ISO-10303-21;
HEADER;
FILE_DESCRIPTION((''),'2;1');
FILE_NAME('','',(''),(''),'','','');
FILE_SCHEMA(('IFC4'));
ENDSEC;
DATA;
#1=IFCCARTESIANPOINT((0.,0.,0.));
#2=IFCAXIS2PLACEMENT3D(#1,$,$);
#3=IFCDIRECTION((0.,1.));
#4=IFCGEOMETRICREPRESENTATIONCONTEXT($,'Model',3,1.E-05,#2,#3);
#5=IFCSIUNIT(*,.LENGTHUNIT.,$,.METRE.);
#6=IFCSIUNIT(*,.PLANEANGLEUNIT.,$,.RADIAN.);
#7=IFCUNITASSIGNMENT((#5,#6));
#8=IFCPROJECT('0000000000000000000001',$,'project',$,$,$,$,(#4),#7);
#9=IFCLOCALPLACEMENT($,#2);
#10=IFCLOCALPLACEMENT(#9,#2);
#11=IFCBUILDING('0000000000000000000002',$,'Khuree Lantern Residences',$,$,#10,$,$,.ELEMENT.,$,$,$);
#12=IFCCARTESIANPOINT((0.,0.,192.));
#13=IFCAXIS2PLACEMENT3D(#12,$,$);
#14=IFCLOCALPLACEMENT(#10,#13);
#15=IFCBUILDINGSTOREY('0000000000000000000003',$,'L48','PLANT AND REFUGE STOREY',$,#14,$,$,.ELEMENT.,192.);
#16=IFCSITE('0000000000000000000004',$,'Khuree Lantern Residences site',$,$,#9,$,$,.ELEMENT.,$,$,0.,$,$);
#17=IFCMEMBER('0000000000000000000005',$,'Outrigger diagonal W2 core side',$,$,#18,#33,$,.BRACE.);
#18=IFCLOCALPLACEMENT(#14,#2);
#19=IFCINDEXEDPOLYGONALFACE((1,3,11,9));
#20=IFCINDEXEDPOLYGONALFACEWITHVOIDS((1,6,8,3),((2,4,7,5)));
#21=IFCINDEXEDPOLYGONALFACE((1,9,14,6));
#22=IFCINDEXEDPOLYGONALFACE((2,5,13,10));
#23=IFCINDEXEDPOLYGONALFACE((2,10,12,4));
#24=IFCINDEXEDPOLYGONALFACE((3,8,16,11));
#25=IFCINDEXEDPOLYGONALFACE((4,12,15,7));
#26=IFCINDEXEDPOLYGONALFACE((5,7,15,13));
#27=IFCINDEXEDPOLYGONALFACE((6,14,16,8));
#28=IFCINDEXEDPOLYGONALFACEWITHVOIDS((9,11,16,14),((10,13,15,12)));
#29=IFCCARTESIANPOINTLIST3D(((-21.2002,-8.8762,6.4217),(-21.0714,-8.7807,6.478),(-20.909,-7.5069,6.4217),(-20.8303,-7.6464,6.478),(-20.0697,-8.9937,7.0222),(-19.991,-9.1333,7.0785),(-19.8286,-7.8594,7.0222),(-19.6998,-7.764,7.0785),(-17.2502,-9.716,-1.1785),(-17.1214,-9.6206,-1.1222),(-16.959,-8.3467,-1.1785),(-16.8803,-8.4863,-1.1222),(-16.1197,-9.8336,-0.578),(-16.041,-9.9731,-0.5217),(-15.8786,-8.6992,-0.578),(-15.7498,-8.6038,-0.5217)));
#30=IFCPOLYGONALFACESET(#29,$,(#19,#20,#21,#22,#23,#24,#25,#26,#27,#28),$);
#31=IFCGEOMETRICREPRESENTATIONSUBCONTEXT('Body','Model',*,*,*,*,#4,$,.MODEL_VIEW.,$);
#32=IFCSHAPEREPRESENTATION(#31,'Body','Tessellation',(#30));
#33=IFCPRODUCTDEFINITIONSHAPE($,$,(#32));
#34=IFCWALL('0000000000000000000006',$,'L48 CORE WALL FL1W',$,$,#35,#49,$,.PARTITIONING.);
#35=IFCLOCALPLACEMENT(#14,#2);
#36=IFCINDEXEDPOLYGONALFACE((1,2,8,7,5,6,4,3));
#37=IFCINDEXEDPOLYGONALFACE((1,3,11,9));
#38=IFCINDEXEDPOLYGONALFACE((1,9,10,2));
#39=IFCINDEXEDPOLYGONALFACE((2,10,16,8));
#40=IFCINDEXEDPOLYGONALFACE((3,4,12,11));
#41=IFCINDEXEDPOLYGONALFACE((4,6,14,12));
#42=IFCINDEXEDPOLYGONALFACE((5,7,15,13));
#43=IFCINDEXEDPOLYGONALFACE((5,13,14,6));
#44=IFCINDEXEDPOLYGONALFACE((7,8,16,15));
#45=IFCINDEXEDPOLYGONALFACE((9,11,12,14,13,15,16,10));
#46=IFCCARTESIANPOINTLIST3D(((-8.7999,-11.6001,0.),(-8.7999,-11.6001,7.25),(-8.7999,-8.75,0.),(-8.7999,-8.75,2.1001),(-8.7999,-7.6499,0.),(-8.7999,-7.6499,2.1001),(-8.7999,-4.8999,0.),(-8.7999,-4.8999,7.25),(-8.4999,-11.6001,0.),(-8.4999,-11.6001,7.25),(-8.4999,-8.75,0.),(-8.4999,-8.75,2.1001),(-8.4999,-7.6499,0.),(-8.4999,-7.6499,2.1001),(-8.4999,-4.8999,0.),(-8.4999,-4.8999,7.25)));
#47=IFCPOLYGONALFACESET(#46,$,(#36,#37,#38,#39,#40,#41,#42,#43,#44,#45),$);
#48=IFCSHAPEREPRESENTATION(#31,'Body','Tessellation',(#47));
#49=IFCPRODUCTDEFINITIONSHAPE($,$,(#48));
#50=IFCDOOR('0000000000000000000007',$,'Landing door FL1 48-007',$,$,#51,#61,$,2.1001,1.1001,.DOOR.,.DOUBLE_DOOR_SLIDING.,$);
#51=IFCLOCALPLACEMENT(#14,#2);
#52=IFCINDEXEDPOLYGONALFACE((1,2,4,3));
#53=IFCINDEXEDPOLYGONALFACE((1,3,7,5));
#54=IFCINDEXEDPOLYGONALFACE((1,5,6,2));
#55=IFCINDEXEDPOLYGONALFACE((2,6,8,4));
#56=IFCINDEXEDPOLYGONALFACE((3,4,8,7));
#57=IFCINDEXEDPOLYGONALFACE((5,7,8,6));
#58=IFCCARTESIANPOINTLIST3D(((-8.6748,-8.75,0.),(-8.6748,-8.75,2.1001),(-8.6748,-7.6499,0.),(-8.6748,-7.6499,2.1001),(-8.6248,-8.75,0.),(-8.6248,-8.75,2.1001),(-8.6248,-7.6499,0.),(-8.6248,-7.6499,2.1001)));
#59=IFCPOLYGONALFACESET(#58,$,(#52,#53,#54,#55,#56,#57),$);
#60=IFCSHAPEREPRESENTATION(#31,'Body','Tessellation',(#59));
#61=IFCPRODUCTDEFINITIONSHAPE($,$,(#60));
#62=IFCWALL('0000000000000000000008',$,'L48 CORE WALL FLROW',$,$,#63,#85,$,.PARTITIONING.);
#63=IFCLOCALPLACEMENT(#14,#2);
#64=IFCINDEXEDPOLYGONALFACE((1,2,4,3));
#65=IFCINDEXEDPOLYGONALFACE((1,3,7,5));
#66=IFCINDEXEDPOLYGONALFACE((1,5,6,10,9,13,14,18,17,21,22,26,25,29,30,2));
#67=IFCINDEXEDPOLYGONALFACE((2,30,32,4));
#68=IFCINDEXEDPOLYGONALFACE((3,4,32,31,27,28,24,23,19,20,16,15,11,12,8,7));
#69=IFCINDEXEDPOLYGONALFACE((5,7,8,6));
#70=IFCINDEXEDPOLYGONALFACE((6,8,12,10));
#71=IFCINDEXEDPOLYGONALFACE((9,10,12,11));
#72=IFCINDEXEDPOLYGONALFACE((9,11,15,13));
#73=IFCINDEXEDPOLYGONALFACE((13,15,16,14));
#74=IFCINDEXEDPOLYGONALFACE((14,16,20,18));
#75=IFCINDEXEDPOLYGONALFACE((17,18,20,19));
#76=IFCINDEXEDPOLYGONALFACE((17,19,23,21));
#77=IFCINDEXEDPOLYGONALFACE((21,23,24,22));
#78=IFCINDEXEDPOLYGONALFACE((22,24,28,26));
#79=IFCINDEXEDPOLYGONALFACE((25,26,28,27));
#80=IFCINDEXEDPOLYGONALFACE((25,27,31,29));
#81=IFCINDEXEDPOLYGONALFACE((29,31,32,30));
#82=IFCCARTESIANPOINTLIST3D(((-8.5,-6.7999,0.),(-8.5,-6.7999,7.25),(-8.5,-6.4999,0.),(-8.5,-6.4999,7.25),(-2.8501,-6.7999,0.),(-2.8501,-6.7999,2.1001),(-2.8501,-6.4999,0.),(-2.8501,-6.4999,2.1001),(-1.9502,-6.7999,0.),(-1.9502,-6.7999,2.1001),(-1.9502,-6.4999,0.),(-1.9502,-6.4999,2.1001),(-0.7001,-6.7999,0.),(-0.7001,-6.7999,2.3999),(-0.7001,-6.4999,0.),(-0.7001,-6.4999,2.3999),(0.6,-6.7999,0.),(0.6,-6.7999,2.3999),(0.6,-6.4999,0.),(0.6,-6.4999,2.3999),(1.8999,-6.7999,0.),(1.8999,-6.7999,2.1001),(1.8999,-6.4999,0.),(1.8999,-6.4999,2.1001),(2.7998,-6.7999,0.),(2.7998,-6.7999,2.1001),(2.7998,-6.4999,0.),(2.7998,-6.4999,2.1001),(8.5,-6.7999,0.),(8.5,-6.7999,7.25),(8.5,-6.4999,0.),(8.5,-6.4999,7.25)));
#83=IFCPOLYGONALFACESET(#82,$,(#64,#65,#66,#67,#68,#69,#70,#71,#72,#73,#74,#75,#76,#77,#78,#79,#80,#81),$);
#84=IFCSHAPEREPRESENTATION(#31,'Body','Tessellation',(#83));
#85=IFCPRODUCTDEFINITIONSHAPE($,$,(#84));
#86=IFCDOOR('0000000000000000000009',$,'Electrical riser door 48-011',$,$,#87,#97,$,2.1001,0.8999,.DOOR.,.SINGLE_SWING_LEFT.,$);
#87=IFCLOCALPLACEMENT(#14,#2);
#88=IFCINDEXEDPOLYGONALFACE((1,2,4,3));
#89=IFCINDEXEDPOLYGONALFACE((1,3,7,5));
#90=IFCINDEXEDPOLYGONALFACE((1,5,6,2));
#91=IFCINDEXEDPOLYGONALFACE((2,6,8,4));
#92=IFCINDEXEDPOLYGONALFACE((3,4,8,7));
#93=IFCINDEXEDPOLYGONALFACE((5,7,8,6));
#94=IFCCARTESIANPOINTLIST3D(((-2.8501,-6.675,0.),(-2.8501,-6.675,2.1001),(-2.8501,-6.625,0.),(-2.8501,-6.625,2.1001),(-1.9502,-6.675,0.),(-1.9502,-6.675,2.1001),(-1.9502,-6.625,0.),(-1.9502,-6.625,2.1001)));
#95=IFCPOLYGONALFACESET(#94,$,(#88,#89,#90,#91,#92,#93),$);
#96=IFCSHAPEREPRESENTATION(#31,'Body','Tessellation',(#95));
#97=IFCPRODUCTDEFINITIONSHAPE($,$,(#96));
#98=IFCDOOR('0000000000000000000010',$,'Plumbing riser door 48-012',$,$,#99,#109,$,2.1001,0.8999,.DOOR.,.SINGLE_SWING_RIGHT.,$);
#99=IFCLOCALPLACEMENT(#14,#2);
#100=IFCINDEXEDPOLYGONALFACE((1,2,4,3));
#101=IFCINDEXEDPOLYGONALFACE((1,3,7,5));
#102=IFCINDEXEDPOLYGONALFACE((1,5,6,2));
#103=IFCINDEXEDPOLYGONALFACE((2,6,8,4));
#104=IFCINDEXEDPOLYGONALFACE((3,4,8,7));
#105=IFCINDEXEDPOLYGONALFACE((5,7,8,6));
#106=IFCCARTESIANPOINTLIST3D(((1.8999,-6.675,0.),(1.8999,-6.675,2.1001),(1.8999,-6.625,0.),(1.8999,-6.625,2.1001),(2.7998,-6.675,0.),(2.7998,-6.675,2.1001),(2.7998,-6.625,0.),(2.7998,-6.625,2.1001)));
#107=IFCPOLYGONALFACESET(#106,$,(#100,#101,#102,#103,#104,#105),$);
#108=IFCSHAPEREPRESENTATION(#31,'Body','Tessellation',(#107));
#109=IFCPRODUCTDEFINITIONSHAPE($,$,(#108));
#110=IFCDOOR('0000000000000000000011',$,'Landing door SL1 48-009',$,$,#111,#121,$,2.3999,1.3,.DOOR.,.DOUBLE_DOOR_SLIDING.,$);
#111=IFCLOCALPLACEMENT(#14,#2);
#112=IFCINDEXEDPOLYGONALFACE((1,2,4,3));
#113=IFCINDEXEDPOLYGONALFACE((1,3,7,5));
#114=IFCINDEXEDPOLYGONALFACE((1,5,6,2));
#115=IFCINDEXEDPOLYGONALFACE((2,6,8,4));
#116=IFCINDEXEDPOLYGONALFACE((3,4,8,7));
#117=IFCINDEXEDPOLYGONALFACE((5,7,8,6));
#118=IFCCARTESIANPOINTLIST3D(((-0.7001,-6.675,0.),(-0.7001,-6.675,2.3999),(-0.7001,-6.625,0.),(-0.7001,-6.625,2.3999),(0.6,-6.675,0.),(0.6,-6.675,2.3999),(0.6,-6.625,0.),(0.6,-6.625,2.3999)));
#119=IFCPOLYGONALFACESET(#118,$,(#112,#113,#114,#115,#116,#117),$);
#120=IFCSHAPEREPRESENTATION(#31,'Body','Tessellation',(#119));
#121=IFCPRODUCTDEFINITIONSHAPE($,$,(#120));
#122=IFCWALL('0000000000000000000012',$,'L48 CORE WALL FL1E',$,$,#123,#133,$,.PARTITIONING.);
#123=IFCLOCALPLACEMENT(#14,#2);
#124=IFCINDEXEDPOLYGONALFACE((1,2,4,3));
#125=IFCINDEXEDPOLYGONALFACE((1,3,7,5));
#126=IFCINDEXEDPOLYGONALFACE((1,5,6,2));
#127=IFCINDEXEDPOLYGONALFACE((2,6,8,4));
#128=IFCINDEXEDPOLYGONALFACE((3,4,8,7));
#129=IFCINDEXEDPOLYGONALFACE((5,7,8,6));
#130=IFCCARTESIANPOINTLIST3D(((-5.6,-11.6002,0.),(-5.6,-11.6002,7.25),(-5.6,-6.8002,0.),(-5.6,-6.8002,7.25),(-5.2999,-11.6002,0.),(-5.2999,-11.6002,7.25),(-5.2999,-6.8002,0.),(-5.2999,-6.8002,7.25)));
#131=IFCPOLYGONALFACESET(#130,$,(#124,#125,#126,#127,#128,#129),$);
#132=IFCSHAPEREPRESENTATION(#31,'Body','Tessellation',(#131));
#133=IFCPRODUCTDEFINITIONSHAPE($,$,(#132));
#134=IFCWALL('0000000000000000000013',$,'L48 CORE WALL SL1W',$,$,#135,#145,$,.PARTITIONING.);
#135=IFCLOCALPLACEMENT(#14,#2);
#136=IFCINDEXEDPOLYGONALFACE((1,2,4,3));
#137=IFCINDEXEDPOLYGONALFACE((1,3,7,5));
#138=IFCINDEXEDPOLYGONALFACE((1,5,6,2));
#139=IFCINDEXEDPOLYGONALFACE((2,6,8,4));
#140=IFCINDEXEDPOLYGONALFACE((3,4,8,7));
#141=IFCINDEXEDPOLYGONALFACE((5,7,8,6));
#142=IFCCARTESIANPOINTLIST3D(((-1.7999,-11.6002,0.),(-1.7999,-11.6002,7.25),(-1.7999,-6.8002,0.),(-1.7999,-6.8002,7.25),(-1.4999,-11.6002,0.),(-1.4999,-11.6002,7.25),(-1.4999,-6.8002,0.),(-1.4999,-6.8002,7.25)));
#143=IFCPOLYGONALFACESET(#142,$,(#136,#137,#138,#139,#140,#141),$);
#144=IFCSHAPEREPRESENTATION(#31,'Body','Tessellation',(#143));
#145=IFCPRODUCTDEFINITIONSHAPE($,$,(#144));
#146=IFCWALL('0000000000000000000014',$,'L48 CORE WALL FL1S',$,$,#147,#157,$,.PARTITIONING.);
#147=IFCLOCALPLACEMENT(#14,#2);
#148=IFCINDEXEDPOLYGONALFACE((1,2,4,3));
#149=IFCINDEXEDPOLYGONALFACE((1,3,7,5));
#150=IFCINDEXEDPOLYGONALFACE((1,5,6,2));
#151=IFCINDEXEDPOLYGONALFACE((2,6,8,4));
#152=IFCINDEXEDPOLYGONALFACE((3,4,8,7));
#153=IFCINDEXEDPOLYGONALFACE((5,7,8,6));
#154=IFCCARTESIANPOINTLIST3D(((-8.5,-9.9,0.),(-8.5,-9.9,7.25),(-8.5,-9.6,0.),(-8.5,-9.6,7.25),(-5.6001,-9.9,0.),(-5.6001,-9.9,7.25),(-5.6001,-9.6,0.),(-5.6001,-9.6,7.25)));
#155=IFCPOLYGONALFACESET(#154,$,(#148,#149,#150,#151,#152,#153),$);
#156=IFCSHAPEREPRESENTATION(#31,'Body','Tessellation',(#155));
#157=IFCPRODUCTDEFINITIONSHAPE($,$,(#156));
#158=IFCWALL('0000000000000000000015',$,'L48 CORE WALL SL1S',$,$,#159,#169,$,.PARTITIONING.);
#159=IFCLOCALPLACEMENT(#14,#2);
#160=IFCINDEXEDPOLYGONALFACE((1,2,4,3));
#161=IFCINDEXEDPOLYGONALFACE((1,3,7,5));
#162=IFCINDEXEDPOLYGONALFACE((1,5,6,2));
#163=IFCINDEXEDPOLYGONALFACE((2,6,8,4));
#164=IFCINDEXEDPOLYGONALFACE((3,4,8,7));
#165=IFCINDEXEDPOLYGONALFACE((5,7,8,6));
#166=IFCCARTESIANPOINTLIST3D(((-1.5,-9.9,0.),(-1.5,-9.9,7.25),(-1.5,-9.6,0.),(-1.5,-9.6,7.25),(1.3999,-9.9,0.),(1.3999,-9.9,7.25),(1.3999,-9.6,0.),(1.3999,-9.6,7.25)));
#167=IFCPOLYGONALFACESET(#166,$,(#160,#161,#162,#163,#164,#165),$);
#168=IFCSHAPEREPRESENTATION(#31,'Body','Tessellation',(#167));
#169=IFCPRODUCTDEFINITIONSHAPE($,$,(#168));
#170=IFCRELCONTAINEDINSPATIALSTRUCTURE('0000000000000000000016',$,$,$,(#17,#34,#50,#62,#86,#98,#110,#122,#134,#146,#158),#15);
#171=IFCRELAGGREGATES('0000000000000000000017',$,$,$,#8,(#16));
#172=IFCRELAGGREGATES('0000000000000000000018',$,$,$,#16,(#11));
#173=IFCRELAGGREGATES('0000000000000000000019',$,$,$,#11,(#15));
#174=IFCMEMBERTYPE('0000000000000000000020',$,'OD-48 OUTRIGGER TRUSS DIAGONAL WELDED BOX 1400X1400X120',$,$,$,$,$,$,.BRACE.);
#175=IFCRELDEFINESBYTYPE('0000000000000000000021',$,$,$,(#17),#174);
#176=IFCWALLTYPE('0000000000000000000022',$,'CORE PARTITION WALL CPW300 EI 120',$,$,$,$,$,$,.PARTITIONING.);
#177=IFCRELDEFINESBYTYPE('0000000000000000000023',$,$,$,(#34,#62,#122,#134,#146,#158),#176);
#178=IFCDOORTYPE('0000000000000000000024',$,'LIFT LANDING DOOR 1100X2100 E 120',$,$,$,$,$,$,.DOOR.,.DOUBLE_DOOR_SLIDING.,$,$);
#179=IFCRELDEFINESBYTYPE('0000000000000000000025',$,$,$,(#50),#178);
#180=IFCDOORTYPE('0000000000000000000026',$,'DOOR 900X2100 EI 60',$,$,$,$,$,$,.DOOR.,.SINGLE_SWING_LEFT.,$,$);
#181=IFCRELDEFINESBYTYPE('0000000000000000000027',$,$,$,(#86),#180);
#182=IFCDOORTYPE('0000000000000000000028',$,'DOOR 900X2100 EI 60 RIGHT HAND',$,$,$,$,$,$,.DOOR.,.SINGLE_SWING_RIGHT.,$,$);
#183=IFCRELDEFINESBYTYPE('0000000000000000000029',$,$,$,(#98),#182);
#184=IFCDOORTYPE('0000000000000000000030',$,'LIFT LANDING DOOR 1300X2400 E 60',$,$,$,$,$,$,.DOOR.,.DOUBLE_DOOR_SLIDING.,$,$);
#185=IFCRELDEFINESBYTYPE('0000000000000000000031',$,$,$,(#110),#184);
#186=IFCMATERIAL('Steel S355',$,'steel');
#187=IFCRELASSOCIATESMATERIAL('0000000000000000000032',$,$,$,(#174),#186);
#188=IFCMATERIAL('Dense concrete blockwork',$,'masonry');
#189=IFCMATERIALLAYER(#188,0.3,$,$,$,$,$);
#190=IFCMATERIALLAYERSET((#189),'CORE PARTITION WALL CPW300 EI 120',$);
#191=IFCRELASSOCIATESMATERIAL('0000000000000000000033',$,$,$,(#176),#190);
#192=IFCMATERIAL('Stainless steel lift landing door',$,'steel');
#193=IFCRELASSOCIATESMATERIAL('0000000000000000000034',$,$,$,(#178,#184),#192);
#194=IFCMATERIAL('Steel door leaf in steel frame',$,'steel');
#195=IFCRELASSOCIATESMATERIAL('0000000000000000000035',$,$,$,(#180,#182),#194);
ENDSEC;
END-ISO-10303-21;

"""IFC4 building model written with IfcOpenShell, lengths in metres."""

from ifc_helpers import new_model, si_unit, direction, frame, frame_2d, origin, origin_2d, place, context, subcontext, project, spatial, rectangle, hollow_rectangle, extrude, material, layer, layer_set, material_profile, profile_set, type_object, element, fill, save


model = new_model("IFC4")

# Units and contexts
model_context = context("Model", 3, precision=1e-05, world=origin(), true_north=direction((0.0, 1.0)))
body_context = subcontext(model_context, "Body", "Model", "MODEL_VIEW")
ifc_project = project(units=[si_unit("LENGTHUNIT", "METRE"), si_unit("PLANEANGLEUNIT", "RADIAN")], contexts=[model_context])

# Site, building, storey
site_placement = place(None, origin())
site = spatial("IfcSite", under=ifc_project, at=site_placement, Name="Khuree Lantern Residences site", CompositionType="ELEMENT", RefElevation=0.0)
building_placement = place(site_placement, origin())
building = spatial("IfcBuilding", under=site, at=building_placement, Name="Khuree Lantern Residences", CompositionType="ELEMENT")
storey_placement = place(building_placement, frame((0.0, 0.0, 192.0)))
storey = spatial("IfcBuildingStorey", under=building, at=storey_placement, Name="L48", Description="PLANT AND REFUGE STOREY", CompositionType="ELEMENT", Elevation=192.0)

# Member
ifc_material_1 = material(Name="Steel S355", Category="steel")
ifc_material_profile = material_profile(ifc_material_1, hollow_rectangle(XDim=1.3999, YDim=1.3999, WallThickness=0.1201, at=origin_2d()), Name="WELDED BOX 1400X1400X120")
ifc_profile_set = profile_set([ifc_material_profile], Name="Steel S355")
member_type = type_object("IfcMemberType", Name="OD-48 OUTRIGGER TRUSS DIAGONAL WELDED BOX 1400X1400X120", PredefinedType="BRACE", material=ifc_profile_set)
member_placement = place(storey_placement, frame((-16.5, -9.1599, -0.8501), z_axis=(-0.458959, 0.097584, 0.883082), x_axis=(-0.207972, -0.978135, 0.0)))
element("IfcMember", 1, at=member_placement, inside=storey, type_object=member_type, Name="Outrigger diagonal W2 core side", PredefinedType="BRACE", context=body_context, shape_type="SweptSolid", body=[
    extrude(hollow_rectangle(XDim=1.3999, YDim=1.3999, WallThickness=0.1201, at=origin_2d()), origin(), (0.0, 0.0, 1.0), 8.6064),
])

# Wall, opening, door
ifc_material_2 = material(Name="Dense concrete blockwork", Category="masonry")
ifc_layer_1 = layer(ifc_material_2, 0.3)
ifc_layer_set_1 = layer_set([ifc_layer_1], Name="CORE PARTITION WALL CPW300 EI 120")
wall_type_1 = type_object("IfcWallType", Name="CORE PARTITION WALL CPW300 EI 120", PredefinedType="PARTITIONING", material=ifc_layer_set_1)
wall_1_placement = place(storey_placement, frame((-8.6499, -11.6001, 0.0), z_axis=(0.0, 0.0, 1.0), x_axis=(0.0, 1.0, 0.0)))
wall_1 = element("IfcWall", 2, at=wall_1_placement, inside=storey, type_object=wall_type_1, Name="L48 CORE WALL FL1W", PredefinedType="PARTITIONING", context=body_context, shape_type="SweptSolid", body=[
    extrude(rectangle(XDim=6.7002, YDim=0.3, at=frame_2d((3.3501, 0.0))), origin(), (0.0, 0.0, 1.0), 7.25),
])
opening_1_placement = place(wall_1_placement, frame((2.8501, 0.0, 0.0)))
opening_1 = element("IfcOpeningElement", 3, at=opening_1_placement, cuts=wall_1, PredefinedType="OPENING", context=body_context, shape_type="SweptSolid", body=[
    extrude(rectangle(XDim=1.1001, YDim=2.1001, at=frame_2d((0.55, 1.05))), frame((0.0, 0.1602, 0.0), z_axis=(0.0, -1.0, 0.0), x_axis=(1.0, 0.0, 0.0)), (0.0, 0.0, 1.0), 0.3201),
])
ifc_material_3 = material(Name="Stainless steel lift landing door", Category="steel")
door_type_1 = type_object("IfcDoorType", Name="LIFT LANDING DOOR 1100X2100 E 120", OperationType="DOUBLE_DOOR_SLIDING", PredefinedType="DOOR", material=ifc_material_3)
door_1_placement = place(opening_1_placement, origin())
door_1 = element("IfcDoor", 4, at=door_1_placement, inside=storey, type_object=door_type_1, Name="Landing door FL1 48-007", OperationType="DOUBLE_DOOR_SLIDING", OverallHeight=2.1001, OverallWidth=1.1001, PredefinedType="DOOR", context=body_context, shape_type="SweptSolid", body=[
    extrude(rectangle(XDim=1.1001, YDim=2.1001, at=frame_2d((0.55, 1.05))), frame((0.0, 0.0249, 0.0), z_axis=(0.0, -1.0, 0.0), x_axis=(1.0, 0.0, 0.0)), (0.0, 0.0, 1.0), 0.05),
])
fill(opening_1, door_1)

# Wall, openings, doors
wall_2_placement = place(storey_placement, frame((-8.5, -6.6499, 0.0), z_axis=(0.0, 0.0, 1.0), x_axis=(1.0, 0.0, 0.0)))
wall_2 = element("IfcWall", 5, at=wall_2_placement, inside=storey, type_object=wall_type_1, Name="L48 CORE WALL FLROW", PredefinedType="PARTITIONING", context=body_context, shape_type="SweptSolid", body=[
    extrude(rectangle(XDim=17.0, YDim=0.3, at=frame_2d((8.5, 0.0))), origin(), (0.0, 0.0, 1.0), 7.25),
])
opening_2_placement = place(wall_2_placement, frame((7.8, 0.0, 0.0)))
opening_2 = element("IfcOpeningElement", 6, at=opening_2_placement, cuts=wall_2, PredefinedType="OPENING", context=body_context, shape_type="SweptSolid", body=[
    extrude(rectangle(XDim=1.3, YDim=2.3999, at=frame_2d((0.6499, 1.2))), frame((0.0, 0.1602, 0.0), z_axis=(0.0, -1.0, 0.0), x_axis=(1.0, 0.0, 0.0)), (0.0, 0.0, 1.0), 0.3201),
])
opening_3_placement = place(wall_2_placement, frame((5.6499, 0.0, 0.0)))
opening_3 = element("IfcOpeningElement", 7, at=opening_3_placement, cuts=wall_2, PredefinedType="OPENING", context=body_context, shape_type="SweptSolid", body=[
    extrude(rectangle(XDim=0.8999, YDim=2.1001, at=frame_2d((0.45, 1.05))), frame((0.0, 0.1602, 0.0), z_axis=(0.0, -1.0, 0.0), x_axis=(1.0, 0.0, 0.0)), (0.0, 0.0, 1.0), 0.3201),
])
opening_4_placement = place(wall_2_placement, frame((10.3999, 0.0, 0.0)))
opening_4 = element("IfcOpeningElement", 8, at=opening_4_placement, cuts=wall_2, PredefinedType="OPENING", context=body_context, shape_type="SweptSolid", body=[
    extrude(rectangle(XDim=0.8999, YDim=2.1001, at=frame_2d((0.45, 1.05))), frame((0.0, 0.1602, 0.0), z_axis=(0.0, -1.0, 0.0), x_axis=(1.0, 0.0, 0.0)), (0.0, 0.0, 1.0), 0.3201),
])
ifc_material_4 = material(Name="Steel door leaf in steel frame", Category="steel")
door_type_2 = type_object("IfcDoorType", Name="DOOR 900X2100 EI 60", OperationType="SINGLE_SWING_LEFT", PredefinedType="DOOR", material=ifc_material_4)
door_2_placement = place(opening_3_placement, origin())
door_2 = element("IfcDoor", 9, at=door_2_placement, inside=storey, type_object=door_type_2, Name="Electrical riser door 48-011", OperationType="SINGLE_SWING_LEFT", OverallHeight=2.1001, OverallWidth=0.8999, PredefinedType="DOOR", context=body_context, shape_type="SweptSolid", body=[
    extrude(rectangle(XDim=0.8999, YDim=2.1001, at=frame_2d((0.45, 1.05))), frame((0.0, 0.0249, 0.0), z_axis=(0.0, -1.0, 0.0), x_axis=(1.0, 0.0, 0.0)), (0.0, 0.0, 1.0), 0.05),
])
fill(opening_3, door_2)
door_type_3 = type_object("IfcDoorType", Name="DOOR 900X2100 EI 60 RIGHT HAND", OperationType="SINGLE_SWING_RIGHT", PredefinedType="DOOR", material=ifc_material_4)
door_3_placement = place(opening_4_placement, origin())
door_3 = element("IfcDoor", 10, at=door_3_placement, inside=storey, type_object=door_type_3, Name="Plumbing riser door 48-012", OperationType="SINGLE_SWING_RIGHT", OverallHeight=2.1001, OverallWidth=0.8999, PredefinedType="DOOR", context=body_context, shape_type="SweptSolid", body=[
    extrude(rectangle(XDim=0.8999, YDim=2.1001, at=frame_2d((0.45, 1.05))), frame((0.0, 0.0249, 0.0), z_axis=(0.0, -1.0, 0.0), x_axis=(1.0, 0.0, 0.0)), (0.0, 0.0, 1.0), 0.05),
])
fill(opening_4, door_3)
door_type_4 = type_object("IfcDoorType", Name="LIFT LANDING DOOR 1300X2400 E 60", OperationType="DOUBLE_DOOR_SLIDING", PredefinedType="DOOR", material=ifc_material_3)
door_4_placement = place(opening_2_placement, origin())
door_4 = element("IfcDoor", 11, at=door_4_placement, inside=storey, type_object=door_type_4, Name="Landing door SL1 48-009", OperationType="DOUBLE_DOOR_SLIDING", OverallHeight=2.3999, OverallWidth=1.3, PredefinedType="DOOR", context=body_context, shape_type="SweptSolid", body=[
    extrude(rectangle(XDim=1.3, YDim=2.3999, at=frame_2d((0.6499, 1.2))), frame((0.0, 0.0249, 0.0), z_axis=(0.0, -1.0, 0.0), x_axis=(1.0, 0.0, 0.0)), (0.0, 0.0, 1.0), 0.05),
])
fill(opening_2, door_4)

# Walls
for number, where, z_axis, x_axis, name in (
    (12, (-5.45, -11.6001, 0.0), (0.0, 0.0, 1.0), (0.0, 1.0, 0.0), "L48 CORE WALL FL1E"),
    (13, (-1.6499, -11.6001, 0.0), (0.0, 0.0, 1.0), (0.0, 1.0, 0.0), "L48 CORE WALL SL1W"),
):
    element("IfcWall", number, at=place(storey_placement, frame(where, z_axis=z_axis, x_axis=x_axis)), inside=storey, type_object=wall_type_1, Name=name, PredefinedType="PARTITIONING", context=body_context, shape_type="SweptSolid", body=[
        extrude(rectangle(XDim=4.8, YDim=0.3, at=frame_2d((2.3999, 0.0))), origin(), (0.0, 0.0, 1.0), 7.25),
    ])
for number, where, z_axis, x_axis, name in (
    (14, (-8.5, -9.75, 0.0), (0.0, 0.0, 1.0), (1.0, 0.0, 0.0), "L48 CORE WALL FL1S"),
    (15, (-1.5, -9.75, 0.0), (0.0, 0.0, 1.0), (1.0, 0.0, 0.0), "L48 CORE WALL SL1S"),
):
    element("IfcWall", number, at=place(storey_placement, frame(where, z_axis=z_axis, x_axis=x_axis)), inside=storey, type_object=wall_type_1, Name=name, PredefinedType="PARTITIONING", context=body_context, shape_type="SweptSolid", body=[
        extrude(rectangle(XDim=2.8999, YDim=0.3, at=frame_2d((1.45, 0.0))), origin(), (0.0, 0.0, 1.0), 7.25),
    ])

save(model, "model.ifc")
